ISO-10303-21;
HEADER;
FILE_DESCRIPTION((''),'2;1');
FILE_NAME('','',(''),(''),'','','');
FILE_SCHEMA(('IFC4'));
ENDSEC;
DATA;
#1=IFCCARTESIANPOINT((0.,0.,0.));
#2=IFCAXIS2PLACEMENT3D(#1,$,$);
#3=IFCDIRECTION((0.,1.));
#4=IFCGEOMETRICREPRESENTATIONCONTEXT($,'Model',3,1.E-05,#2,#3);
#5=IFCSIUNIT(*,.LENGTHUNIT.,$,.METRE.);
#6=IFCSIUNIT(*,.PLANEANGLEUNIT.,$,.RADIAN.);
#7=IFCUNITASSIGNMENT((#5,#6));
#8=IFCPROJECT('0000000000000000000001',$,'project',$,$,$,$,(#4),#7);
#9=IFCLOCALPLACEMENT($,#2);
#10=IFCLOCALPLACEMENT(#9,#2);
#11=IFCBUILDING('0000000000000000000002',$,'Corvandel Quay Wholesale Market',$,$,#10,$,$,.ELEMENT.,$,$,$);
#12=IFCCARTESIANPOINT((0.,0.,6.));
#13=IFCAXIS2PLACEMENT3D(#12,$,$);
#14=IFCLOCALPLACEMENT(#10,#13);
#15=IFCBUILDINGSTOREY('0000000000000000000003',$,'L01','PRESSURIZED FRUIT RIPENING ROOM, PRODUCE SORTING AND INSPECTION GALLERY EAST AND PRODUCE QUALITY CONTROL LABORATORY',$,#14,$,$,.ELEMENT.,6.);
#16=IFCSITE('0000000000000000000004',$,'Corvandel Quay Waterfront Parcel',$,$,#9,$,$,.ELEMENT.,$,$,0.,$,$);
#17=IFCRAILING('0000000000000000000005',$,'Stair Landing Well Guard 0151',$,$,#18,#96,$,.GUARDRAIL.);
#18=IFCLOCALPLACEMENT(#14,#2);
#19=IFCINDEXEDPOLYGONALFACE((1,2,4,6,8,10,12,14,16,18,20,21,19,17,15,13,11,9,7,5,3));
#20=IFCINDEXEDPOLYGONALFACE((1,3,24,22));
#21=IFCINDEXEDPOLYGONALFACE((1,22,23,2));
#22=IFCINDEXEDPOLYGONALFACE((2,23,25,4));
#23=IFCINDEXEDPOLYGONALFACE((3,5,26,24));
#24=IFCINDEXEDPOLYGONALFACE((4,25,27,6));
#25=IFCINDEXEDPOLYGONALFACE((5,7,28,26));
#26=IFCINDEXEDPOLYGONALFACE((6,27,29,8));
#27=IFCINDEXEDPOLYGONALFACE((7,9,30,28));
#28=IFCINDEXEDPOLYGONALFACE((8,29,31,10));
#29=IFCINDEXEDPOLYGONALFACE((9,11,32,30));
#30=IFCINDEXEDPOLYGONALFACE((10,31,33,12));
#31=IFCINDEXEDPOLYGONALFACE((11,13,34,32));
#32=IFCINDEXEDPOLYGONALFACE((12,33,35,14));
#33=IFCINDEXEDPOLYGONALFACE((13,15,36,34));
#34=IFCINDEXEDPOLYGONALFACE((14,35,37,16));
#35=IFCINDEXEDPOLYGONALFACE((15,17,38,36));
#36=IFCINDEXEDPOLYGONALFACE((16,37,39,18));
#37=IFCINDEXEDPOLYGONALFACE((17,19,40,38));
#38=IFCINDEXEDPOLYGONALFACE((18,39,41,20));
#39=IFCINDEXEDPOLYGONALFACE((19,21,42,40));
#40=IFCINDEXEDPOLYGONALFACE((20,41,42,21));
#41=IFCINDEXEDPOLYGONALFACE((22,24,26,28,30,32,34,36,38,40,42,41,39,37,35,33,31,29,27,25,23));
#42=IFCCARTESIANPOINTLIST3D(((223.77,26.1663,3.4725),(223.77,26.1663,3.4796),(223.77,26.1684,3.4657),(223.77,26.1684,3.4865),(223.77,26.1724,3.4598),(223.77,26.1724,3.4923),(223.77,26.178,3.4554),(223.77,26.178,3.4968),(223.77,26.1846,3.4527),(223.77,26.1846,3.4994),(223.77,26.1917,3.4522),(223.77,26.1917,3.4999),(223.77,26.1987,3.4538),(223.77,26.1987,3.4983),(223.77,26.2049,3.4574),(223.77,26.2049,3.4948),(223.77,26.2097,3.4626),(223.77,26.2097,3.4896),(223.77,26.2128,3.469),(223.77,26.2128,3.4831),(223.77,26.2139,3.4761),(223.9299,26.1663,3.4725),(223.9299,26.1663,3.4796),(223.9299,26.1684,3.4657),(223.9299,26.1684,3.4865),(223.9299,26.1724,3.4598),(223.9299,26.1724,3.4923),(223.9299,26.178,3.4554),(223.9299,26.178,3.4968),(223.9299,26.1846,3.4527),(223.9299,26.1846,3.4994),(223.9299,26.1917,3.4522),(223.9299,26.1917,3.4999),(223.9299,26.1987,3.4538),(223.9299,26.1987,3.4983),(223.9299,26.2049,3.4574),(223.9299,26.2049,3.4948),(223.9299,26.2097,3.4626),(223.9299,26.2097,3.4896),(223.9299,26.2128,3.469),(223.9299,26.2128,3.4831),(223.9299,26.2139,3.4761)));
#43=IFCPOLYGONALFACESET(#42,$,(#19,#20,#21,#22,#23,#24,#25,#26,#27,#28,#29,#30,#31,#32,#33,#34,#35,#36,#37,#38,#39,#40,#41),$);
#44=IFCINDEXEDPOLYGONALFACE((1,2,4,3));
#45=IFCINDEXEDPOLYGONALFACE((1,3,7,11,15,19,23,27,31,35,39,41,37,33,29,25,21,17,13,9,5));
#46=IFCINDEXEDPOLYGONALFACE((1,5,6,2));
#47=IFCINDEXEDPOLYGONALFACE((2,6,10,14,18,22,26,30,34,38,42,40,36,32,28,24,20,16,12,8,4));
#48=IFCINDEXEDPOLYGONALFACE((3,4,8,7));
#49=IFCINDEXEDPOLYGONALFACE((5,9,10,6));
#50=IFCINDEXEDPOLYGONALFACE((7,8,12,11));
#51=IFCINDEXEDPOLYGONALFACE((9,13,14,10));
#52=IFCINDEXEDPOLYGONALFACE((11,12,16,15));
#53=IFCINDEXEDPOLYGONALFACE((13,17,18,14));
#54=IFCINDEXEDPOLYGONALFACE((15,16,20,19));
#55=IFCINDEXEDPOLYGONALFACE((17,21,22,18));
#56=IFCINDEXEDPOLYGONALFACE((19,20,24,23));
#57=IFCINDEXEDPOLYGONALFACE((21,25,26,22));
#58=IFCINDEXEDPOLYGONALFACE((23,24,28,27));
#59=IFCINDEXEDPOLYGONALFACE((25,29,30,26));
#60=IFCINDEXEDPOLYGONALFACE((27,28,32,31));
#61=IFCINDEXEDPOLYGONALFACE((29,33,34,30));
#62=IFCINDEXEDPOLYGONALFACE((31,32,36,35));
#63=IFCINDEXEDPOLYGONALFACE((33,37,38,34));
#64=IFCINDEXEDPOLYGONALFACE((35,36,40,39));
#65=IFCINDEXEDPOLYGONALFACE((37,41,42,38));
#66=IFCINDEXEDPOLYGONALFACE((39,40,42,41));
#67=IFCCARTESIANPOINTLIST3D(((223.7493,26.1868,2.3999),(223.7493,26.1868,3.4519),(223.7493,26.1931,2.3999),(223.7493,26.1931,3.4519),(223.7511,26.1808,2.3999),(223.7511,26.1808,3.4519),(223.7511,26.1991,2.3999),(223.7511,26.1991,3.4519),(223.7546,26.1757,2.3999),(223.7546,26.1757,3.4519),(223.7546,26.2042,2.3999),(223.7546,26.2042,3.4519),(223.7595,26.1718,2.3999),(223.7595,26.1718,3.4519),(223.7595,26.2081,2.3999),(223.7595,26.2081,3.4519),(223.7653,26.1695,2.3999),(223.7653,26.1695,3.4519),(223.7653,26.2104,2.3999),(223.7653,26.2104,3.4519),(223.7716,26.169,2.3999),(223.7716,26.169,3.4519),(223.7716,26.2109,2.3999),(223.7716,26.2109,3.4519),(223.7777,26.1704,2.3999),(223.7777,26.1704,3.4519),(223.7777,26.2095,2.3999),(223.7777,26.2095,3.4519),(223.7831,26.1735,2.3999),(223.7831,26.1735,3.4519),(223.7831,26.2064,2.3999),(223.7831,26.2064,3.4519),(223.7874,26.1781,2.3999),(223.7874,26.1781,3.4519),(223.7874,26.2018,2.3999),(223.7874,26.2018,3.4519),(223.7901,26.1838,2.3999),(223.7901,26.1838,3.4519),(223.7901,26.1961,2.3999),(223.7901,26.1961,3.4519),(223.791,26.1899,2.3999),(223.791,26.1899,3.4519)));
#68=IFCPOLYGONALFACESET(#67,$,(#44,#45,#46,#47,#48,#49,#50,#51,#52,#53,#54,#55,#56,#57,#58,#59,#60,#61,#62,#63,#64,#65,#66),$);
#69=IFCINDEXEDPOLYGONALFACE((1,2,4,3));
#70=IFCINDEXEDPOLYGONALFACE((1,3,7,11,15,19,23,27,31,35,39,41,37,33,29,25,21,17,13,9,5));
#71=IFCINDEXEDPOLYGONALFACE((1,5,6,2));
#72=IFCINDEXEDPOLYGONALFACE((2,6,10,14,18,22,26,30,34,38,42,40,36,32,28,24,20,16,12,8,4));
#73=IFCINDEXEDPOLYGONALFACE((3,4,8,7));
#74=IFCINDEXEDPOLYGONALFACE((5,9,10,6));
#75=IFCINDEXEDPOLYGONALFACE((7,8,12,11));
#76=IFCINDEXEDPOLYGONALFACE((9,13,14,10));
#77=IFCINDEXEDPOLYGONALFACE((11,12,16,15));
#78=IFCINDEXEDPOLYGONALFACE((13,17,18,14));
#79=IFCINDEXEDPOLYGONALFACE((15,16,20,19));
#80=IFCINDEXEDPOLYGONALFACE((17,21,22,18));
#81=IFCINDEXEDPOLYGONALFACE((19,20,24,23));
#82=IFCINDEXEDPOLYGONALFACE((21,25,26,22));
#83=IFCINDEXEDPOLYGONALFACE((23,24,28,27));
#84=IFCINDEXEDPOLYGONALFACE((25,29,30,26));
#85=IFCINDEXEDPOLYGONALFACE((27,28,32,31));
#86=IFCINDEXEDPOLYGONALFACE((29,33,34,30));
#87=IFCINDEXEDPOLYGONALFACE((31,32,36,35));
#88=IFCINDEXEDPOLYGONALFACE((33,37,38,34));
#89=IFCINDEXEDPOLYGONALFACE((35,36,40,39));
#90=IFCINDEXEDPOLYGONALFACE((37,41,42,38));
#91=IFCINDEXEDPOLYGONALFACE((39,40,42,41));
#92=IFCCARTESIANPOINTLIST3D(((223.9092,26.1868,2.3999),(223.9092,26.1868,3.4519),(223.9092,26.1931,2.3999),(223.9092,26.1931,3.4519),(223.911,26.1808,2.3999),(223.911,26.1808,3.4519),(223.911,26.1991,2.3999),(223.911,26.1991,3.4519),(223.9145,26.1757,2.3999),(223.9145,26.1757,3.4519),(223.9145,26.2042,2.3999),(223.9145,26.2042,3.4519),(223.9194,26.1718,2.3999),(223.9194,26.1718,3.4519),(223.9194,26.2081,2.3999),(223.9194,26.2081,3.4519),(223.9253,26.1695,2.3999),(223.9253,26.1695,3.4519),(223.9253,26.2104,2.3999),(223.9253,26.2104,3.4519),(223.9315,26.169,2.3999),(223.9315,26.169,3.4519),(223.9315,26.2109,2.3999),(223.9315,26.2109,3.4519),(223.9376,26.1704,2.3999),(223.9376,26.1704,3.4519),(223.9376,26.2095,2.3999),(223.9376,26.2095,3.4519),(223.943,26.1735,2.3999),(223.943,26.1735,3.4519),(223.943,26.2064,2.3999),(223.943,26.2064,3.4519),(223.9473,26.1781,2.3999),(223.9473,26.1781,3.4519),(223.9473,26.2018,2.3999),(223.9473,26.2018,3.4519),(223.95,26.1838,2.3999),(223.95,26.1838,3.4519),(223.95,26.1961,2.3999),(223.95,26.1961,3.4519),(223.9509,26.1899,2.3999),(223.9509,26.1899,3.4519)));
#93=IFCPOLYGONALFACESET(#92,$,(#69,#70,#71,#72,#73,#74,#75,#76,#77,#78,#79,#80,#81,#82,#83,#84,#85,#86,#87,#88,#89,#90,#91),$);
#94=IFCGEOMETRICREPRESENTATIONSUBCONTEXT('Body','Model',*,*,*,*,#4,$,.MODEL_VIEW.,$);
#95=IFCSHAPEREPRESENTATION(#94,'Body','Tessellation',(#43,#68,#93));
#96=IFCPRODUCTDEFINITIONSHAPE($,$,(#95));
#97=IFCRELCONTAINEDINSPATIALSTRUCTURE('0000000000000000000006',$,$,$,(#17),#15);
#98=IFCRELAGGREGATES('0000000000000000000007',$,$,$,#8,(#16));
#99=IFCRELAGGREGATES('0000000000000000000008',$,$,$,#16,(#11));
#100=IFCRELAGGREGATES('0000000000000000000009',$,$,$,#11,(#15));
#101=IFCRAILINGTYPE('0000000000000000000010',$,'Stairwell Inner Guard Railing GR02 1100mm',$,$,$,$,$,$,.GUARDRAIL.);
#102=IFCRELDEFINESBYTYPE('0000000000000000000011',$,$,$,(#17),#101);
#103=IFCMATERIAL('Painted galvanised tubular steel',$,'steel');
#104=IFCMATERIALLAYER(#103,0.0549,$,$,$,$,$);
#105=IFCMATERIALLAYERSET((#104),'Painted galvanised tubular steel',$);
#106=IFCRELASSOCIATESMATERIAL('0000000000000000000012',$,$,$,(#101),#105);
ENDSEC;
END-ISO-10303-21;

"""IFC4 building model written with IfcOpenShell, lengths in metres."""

from ifc_helpers import new_model, si_unit, direction, frame, origin, origin_2d, place, context, subcontext, project, spatial, circle, extrude, material, layer, layer_set, type_object, element, save


model = new_model("IFC4")

# Units and contexts
model_context = context("Model", 3, precision=1e-05, world=origin(), true_north=direction((0.0, 1.0)))
body_context = subcontext(model_context, "Body", "Model", "MODEL_VIEW")
ifc_project = project(units=[si_unit("LENGTHUNIT", "METRE"), si_unit("PLANEANGLEUNIT", "RADIAN")], contexts=[model_context])

# Site, building, storey
site_placement = place(None, origin())
site = spatial("IfcSite", under=ifc_project, at=site_placement, Name="Corvandel Quay Waterfront Parcel", CompositionType="ELEMENT", RefElevation=0.0)
building_placement = place(site_placement, origin())
building = spatial("IfcBuilding", under=site, at=building_placement, Name="Corvandel Quay Wholesale Market", CompositionType="ELEMENT")
storey_placement = place(building_placement, frame((0.0, 0.0, 6.0)))
storey = spatial("IfcBuildingStorey", under=building, at=storey_placement, Name="L01", Description="PRESSURIZED FRUIT RIPENING ROOM, PRODUCE SORTING AND INSPECTION GALLERY EAST AND PRODUCE QUALITY CONTROL LABORATORY", CompositionType="ELEMENT", Elevation=6.0)

# Railing
ifc_material_1 = material(Name="Painted galvanised tubular steel", Category="steel")
ifc_layer_1 = layer(ifc_material_1, 0.0549)
ifc_layer_set_1 = layer_set([ifc_layer_1], Name="Painted galvanised tubular steel")
railing_type_1 = type_object("IfcRailingType", Name="Stairwell Inner Guard Railing GR02 1100mm", PredefinedType="GUARDRAIL", material=ifc_layer_set_1)
railing_1_placement = place(storey_placement, frame((223.77, 26.1899, 2.3999)))
element("IfcRailing", 1, at=railing_1_placement, inside=storey, type_object=railing_type_1, Name="Stair Landing Well Guard 0151", PredefinedType="GUARDRAIL", context=body_context, shape_type="SweptSolid", body=[
    extrude(circle(Radius=0.0239, at=origin_2d()), frame((0.0, 0.0, 1.0762), z_axis=(1.0, 0.0, 0.0), x_axis=(0.0, 1.0, 0.0)), (0.0, 0.0, 1.0), 0.1599),
    extrude(circle(Radius=0.021, at=origin_2d()), origin(), (0.0, 0.0, 1.0), 1.052),
    extrude(circle(Radius=0.021, at=origin_2d()), frame((0.1599, 0.0, 0.0)), (0.0, 0.0, 1.0), 1.052),
])

save(model, "model.ifc")
